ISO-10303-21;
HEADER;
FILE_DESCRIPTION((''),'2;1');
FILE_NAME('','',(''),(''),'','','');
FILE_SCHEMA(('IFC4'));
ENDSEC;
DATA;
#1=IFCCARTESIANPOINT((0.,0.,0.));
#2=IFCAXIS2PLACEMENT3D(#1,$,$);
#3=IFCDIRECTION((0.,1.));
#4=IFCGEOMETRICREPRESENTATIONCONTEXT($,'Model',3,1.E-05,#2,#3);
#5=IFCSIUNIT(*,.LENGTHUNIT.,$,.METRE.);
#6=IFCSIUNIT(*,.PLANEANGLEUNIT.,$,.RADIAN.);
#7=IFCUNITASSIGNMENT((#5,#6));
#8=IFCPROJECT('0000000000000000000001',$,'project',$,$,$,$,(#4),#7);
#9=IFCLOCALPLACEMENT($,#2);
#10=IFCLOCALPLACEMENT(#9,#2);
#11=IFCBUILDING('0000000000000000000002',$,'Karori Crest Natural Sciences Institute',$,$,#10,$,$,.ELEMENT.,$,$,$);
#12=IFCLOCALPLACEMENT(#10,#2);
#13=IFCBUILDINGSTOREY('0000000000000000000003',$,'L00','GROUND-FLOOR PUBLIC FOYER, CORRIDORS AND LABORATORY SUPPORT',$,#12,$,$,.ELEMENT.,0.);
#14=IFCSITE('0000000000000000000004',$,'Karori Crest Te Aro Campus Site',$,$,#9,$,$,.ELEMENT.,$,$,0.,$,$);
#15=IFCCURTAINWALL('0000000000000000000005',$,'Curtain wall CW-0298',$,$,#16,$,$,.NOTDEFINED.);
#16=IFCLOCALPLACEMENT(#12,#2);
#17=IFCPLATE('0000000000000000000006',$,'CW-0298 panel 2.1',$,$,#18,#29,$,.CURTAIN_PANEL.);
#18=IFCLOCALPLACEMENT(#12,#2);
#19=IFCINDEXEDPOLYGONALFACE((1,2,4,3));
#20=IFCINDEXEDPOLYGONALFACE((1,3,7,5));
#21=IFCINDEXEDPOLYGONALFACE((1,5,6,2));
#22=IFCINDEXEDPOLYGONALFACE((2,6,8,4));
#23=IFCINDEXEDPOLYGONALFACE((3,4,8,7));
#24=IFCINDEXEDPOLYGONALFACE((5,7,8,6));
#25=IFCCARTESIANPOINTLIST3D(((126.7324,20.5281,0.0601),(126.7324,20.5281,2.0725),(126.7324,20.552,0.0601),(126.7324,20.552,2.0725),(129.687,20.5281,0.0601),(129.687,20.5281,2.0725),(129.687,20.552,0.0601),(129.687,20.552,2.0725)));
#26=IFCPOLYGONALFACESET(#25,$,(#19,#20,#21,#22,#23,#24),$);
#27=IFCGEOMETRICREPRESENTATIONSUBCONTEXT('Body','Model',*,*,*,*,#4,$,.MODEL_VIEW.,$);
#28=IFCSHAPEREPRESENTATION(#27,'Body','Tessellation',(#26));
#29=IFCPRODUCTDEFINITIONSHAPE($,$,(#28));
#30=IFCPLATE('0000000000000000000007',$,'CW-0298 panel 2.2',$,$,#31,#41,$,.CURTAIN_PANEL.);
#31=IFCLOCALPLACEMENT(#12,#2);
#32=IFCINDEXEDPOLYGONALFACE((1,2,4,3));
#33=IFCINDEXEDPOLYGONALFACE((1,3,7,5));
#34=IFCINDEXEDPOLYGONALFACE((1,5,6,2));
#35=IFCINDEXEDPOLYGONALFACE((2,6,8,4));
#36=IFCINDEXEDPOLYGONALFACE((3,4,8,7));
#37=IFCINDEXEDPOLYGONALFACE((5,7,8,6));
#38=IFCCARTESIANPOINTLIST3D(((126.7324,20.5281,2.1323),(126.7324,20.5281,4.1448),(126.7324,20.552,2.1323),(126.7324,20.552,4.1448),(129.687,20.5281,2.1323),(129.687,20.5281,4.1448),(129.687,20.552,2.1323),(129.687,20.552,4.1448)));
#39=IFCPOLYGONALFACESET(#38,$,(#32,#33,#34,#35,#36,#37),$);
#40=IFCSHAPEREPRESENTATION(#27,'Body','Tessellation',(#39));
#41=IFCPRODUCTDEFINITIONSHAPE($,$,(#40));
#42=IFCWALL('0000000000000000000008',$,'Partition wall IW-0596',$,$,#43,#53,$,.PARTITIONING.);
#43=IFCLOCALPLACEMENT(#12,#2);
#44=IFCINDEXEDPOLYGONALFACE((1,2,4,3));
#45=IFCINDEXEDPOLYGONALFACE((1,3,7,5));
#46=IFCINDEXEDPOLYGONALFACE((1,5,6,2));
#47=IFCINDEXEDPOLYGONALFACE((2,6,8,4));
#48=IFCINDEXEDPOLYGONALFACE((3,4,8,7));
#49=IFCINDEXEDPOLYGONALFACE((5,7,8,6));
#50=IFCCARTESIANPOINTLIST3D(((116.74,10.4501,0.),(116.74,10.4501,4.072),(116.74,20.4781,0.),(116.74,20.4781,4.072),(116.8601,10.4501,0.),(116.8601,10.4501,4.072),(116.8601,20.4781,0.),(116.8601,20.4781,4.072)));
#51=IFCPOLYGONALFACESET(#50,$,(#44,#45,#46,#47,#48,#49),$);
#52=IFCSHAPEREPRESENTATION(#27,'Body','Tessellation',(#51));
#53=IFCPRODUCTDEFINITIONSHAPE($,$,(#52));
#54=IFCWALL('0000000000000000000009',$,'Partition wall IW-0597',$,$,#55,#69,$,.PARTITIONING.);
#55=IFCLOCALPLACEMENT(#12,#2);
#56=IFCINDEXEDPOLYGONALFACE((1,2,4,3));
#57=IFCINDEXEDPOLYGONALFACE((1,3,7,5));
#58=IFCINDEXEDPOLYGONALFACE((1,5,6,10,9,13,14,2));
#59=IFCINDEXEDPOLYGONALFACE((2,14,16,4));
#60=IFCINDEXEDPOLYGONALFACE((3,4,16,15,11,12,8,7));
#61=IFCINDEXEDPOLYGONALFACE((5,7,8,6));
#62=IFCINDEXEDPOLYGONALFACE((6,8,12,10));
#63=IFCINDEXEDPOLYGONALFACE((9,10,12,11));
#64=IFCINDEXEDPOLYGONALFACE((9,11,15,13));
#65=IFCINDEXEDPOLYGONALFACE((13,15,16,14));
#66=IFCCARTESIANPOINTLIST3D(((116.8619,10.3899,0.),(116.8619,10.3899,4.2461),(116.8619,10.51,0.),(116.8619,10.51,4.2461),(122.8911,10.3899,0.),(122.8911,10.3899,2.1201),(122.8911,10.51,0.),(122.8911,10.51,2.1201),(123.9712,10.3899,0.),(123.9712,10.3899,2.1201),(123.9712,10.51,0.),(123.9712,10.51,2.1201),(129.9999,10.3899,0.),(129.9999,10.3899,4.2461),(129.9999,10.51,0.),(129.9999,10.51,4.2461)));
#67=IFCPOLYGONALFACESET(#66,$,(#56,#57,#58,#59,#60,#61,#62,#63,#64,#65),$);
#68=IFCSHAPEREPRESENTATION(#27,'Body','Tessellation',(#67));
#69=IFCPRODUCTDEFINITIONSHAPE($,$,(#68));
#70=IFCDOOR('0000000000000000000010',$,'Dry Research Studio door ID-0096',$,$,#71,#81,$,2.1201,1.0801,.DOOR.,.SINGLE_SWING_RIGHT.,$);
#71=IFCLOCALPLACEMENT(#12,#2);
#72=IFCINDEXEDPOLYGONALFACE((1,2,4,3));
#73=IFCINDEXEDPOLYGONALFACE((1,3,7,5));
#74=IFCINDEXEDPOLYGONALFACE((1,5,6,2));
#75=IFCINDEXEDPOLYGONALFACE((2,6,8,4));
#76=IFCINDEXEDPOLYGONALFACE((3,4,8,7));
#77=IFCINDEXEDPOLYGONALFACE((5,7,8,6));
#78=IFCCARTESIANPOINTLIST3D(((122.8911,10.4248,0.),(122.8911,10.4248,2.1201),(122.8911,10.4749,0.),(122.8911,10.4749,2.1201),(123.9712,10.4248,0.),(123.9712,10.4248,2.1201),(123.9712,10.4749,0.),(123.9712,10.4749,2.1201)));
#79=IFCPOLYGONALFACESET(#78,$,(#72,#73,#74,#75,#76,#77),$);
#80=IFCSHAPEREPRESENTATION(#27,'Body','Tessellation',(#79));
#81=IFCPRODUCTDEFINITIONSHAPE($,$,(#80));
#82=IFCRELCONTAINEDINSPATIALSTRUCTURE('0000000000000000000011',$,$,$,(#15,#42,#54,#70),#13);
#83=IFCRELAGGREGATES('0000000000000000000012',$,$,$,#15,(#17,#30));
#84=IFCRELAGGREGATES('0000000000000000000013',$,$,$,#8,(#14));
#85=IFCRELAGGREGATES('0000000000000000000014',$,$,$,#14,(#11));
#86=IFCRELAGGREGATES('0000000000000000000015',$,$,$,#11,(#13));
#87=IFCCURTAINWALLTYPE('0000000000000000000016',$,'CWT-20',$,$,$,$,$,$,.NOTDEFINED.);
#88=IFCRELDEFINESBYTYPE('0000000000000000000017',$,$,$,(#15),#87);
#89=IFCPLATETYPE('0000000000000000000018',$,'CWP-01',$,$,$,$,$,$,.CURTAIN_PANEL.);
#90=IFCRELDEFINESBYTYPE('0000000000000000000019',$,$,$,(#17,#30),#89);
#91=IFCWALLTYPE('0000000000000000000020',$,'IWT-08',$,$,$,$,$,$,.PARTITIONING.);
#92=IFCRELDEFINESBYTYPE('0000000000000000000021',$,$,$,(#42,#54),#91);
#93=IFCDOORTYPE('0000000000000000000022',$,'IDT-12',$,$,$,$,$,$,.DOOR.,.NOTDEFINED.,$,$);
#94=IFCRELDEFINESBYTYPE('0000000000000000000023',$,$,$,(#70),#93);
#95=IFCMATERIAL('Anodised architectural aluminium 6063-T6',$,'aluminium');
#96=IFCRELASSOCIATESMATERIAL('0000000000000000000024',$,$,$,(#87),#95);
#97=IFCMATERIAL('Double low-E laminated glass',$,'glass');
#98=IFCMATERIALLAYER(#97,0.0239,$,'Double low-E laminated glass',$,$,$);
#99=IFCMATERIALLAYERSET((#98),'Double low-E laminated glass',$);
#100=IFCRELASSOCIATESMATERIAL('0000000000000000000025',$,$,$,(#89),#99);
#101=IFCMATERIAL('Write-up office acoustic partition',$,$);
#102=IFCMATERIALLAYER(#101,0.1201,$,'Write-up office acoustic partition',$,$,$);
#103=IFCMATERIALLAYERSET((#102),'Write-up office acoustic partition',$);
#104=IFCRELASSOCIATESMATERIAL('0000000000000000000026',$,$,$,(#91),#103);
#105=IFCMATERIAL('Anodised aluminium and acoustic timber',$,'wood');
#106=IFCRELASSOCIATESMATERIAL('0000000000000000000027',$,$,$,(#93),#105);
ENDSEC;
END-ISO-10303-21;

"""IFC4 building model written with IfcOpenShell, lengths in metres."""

from ifc_helpers import new_model, si_unit, direction, frame, frame_2d, origin, origin_2d, place, context, subcontext, project, spatial, rectangle, extrude, material, layer, layer_set, type_object, element, fill, aggregate, save


model = new_model("IFC4")

# Units and contexts
model_context = context("Model", 3, precision=1e-05, world=origin(), true_north=direction((0.0, 1.0)))
body_context = subcontext(model_context, "Body", "Model", "MODEL_VIEW")
ifc_project = project(units=[si_unit("LENGTHUNIT", "METRE"), si_unit("PLANEANGLEUNIT", "RADIAN")], contexts=[model_context])

# Site, building, storey
site_placement = place(None, origin())
site = spatial("IfcSite", under=ifc_project, at=site_placement, Name="Karori Crest Te Aro Campus Site", CompositionType="ELEMENT", RefElevation=0.0)
building_placement = place(site_placement, origin())
building = spatial("IfcBuilding", under=site, at=building_placement, Name="Karori Crest Natural Sciences Institute", CompositionType="ELEMENT")
storey_placement = place(building_placement, origin())
storey = spatial("IfcBuildingStorey", under=building, at=storey_placement, Name="L00", Description="GROUND-FLOOR PUBLIC FOYER, CORRIDORS AND LABORATORY SUPPORT", CompositionType="ELEMENT", Elevation=0.0)

# Curtain wall
ifc_material_1 = material(Name="Anodised architectural aluminium 6063-T6", Category="aluminium")
curtain_wall_type = type_object("IfcCurtainWallType", Name="CWT-20", PredefinedType="NOTDEFINED", material=ifc_material_1)
curtain_wall_1_placement = place(storey_placement, origin())
curtain_wall_1 = element("IfcCurtainWall", 1, at=curtain_wall_1_placement, inside=storey, type_object=curtain_wall_type, Name="Curtain wall CW-0298", PredefinedType="NOTDEFINED")

# Plates
ifc_material_2 = material(Name="Double low-E laminated glass", Category="glass")
ifc_layer_1 = layer(ifc_material_2, 0.0239, Name="Double low-E laminated glass")
ifc_layer_set_1 = layer_set([ifc_layer_1], Name="Double low-E laminated glass")
plate_type = type_object("IfcPlateType", Name="CWP-01", PredefinedType="CURTAIN_PANEL", material=ifc_layer_set_1)
plate_1_placement = place(storey_placement, frame((128.2097, 20.54, 0.0601), z_axis=(0.0, 0.0, 1.0), x_axis=(1.0, 0.0, 0.0)))
plate_1 = element("IfcPlate", 2, at=plate_1_placement, type_object=plate_type, Name="CW-0298 panel 2.1", PredefinedType="CURTAIN_PANEL", context=body_context, shape_type="SweptSolid", body=[
    extrude(rectangle(XDim=2.9546, YDim=0.0239, at=origin_2d()), origin(), (0.0, 0.0, 1.0), 2.0125),
])
plate_2_placement = place(storey_placement, frame((128.2097, 20.54, 2.1323), z_axis=(0.0, 0.0, 1.0), x_axis=(1.0, 0.0, 0.0)))
plate_2 = element("IfcPlate", 3, at=plate_2_placement, type_object=plate_type, Name="CW-0298 panel 2.2", PredefinedType="CURTAIN_PANEL", context=body_context, shape_type="SweptSolid", body=[
    extrude(rectangle(XDim=2.9546, YDim=0.0239, at=origin_2d()), origin(), (0.0, 0.0, 1.0), 2.0125),
])
aggregate(curtain_wall_1, [plate_1, plate_2])

# Wall
ifc_material_3 = material(Name="Write-up office acoustic partition")
ifc_layer_2 = layer(ifc_material_3, 0.1201, Name="Write-up office acoustic partition")
ifc_layer_set_2 = layer_set([ifc_layer_2], Name="Write-up office acoustic partition")
wall_type_1 = type_object("IfcWallType", Name="IWT-08", PredefinedType="PARTITIONING", material=ifc_layer_set_2)
wall_1_placement = place(storey_placement, frame((116.8, 10.45, 0.0), z_axis=(0.0, 0.0, 1.0), x_axis=(0.0, 1.0, 0.0)))
element("IfcWall", 4, at=wall_1_placement, inside=storey, type_object=wall_type_1, Name="Partition wall IW-0596", PredefinedType="PARTITIONING", context=body_context, shape_type="SweptSolid", body=[
    extrude(rectangle(XDim=10.0281, YDim=0.1201, at=frame_2d((5.0142, 0.0))), origin(), (0.0, 0.0, 1.0), 4.072),
])

# Wall, opening, door
wall_2_placement = place(storey_placement, frame((116.8621, 10.45, 0.0), z_axis=(0.0, 0.0, 1.0), x_axis=(1.0, 0.0, 0.0)))
wall_2 = element("IfcWall", 5, at=wall_2_placement, inside=storey, type_object=wall_type_1, Name="Partition wall IW-0597", PredefinedType="PARTITIONING", context=body_context, shape_type="SweptSolid", body=[
    extrude(rectangle(XDim=13.1379, YDim=0.1201, at=frame_2d((6.5688, 0.0))), origin(), (0.0, 0.0, 1.0), 4.2461),
])
opening_1_placement = place(wall_2_placement, frame((6.0291, 0.0, 0.0)))
opening_1 = element("IfcOpeningElement", 6, at=opening_1_placement, cuts=wall_2, PredefinedType="OPENING", context=body_context, shape_type="SweptSolid", body=[
    extrude(rectangle(XDim=1.0801, YDim=2.1201, at=frame_2d((0.54, 1.0601))), frame((0.0, 0.0701, 0.0), z_axis=(0.0, -1.0, 0.0), x_axis=(1.0, 0.0, 0.0)), (0.0, 0.0, 1.0), 0.1401),
])
ifc_material_4 = material(Name="Anodised aluminium and acoustic timber", Category="wood")
door_type_1 = type_object("IfcDoorType", Name="IDT-12", OperationType="NOTDEFINED", PredefinedType="DOOR", material=ifc_material_4)
door_1_placement = place(opening_1_placement, origin())
door_1 = element("IfcDoor", 7, at=door_1_placement, inside=storey, type_object=door_type_1, Name="Dry Research Studio door ID-0096", OperationType="SINGLE_SWING_RIGHT", OverallHeight=2.1201, OverallWidth=1.0801, PredefinedType="DOOR", context=body_context, shape_type="SweptSolid", body=[
    extrude(rectangle(XDim=1.0801, YDim=2.1201, at=frame_2d((0.54, 1.0601))), frame((0.0, 0.0249, 0.0), z_axis=(0.0, -1.0, 0.0), x_axis=(1.0, 0.0, 0.0)), (0.0, 0.0, 1.0), 0.05),
])
fill(opening_1, door_1)

save(model, "model.ifc")
